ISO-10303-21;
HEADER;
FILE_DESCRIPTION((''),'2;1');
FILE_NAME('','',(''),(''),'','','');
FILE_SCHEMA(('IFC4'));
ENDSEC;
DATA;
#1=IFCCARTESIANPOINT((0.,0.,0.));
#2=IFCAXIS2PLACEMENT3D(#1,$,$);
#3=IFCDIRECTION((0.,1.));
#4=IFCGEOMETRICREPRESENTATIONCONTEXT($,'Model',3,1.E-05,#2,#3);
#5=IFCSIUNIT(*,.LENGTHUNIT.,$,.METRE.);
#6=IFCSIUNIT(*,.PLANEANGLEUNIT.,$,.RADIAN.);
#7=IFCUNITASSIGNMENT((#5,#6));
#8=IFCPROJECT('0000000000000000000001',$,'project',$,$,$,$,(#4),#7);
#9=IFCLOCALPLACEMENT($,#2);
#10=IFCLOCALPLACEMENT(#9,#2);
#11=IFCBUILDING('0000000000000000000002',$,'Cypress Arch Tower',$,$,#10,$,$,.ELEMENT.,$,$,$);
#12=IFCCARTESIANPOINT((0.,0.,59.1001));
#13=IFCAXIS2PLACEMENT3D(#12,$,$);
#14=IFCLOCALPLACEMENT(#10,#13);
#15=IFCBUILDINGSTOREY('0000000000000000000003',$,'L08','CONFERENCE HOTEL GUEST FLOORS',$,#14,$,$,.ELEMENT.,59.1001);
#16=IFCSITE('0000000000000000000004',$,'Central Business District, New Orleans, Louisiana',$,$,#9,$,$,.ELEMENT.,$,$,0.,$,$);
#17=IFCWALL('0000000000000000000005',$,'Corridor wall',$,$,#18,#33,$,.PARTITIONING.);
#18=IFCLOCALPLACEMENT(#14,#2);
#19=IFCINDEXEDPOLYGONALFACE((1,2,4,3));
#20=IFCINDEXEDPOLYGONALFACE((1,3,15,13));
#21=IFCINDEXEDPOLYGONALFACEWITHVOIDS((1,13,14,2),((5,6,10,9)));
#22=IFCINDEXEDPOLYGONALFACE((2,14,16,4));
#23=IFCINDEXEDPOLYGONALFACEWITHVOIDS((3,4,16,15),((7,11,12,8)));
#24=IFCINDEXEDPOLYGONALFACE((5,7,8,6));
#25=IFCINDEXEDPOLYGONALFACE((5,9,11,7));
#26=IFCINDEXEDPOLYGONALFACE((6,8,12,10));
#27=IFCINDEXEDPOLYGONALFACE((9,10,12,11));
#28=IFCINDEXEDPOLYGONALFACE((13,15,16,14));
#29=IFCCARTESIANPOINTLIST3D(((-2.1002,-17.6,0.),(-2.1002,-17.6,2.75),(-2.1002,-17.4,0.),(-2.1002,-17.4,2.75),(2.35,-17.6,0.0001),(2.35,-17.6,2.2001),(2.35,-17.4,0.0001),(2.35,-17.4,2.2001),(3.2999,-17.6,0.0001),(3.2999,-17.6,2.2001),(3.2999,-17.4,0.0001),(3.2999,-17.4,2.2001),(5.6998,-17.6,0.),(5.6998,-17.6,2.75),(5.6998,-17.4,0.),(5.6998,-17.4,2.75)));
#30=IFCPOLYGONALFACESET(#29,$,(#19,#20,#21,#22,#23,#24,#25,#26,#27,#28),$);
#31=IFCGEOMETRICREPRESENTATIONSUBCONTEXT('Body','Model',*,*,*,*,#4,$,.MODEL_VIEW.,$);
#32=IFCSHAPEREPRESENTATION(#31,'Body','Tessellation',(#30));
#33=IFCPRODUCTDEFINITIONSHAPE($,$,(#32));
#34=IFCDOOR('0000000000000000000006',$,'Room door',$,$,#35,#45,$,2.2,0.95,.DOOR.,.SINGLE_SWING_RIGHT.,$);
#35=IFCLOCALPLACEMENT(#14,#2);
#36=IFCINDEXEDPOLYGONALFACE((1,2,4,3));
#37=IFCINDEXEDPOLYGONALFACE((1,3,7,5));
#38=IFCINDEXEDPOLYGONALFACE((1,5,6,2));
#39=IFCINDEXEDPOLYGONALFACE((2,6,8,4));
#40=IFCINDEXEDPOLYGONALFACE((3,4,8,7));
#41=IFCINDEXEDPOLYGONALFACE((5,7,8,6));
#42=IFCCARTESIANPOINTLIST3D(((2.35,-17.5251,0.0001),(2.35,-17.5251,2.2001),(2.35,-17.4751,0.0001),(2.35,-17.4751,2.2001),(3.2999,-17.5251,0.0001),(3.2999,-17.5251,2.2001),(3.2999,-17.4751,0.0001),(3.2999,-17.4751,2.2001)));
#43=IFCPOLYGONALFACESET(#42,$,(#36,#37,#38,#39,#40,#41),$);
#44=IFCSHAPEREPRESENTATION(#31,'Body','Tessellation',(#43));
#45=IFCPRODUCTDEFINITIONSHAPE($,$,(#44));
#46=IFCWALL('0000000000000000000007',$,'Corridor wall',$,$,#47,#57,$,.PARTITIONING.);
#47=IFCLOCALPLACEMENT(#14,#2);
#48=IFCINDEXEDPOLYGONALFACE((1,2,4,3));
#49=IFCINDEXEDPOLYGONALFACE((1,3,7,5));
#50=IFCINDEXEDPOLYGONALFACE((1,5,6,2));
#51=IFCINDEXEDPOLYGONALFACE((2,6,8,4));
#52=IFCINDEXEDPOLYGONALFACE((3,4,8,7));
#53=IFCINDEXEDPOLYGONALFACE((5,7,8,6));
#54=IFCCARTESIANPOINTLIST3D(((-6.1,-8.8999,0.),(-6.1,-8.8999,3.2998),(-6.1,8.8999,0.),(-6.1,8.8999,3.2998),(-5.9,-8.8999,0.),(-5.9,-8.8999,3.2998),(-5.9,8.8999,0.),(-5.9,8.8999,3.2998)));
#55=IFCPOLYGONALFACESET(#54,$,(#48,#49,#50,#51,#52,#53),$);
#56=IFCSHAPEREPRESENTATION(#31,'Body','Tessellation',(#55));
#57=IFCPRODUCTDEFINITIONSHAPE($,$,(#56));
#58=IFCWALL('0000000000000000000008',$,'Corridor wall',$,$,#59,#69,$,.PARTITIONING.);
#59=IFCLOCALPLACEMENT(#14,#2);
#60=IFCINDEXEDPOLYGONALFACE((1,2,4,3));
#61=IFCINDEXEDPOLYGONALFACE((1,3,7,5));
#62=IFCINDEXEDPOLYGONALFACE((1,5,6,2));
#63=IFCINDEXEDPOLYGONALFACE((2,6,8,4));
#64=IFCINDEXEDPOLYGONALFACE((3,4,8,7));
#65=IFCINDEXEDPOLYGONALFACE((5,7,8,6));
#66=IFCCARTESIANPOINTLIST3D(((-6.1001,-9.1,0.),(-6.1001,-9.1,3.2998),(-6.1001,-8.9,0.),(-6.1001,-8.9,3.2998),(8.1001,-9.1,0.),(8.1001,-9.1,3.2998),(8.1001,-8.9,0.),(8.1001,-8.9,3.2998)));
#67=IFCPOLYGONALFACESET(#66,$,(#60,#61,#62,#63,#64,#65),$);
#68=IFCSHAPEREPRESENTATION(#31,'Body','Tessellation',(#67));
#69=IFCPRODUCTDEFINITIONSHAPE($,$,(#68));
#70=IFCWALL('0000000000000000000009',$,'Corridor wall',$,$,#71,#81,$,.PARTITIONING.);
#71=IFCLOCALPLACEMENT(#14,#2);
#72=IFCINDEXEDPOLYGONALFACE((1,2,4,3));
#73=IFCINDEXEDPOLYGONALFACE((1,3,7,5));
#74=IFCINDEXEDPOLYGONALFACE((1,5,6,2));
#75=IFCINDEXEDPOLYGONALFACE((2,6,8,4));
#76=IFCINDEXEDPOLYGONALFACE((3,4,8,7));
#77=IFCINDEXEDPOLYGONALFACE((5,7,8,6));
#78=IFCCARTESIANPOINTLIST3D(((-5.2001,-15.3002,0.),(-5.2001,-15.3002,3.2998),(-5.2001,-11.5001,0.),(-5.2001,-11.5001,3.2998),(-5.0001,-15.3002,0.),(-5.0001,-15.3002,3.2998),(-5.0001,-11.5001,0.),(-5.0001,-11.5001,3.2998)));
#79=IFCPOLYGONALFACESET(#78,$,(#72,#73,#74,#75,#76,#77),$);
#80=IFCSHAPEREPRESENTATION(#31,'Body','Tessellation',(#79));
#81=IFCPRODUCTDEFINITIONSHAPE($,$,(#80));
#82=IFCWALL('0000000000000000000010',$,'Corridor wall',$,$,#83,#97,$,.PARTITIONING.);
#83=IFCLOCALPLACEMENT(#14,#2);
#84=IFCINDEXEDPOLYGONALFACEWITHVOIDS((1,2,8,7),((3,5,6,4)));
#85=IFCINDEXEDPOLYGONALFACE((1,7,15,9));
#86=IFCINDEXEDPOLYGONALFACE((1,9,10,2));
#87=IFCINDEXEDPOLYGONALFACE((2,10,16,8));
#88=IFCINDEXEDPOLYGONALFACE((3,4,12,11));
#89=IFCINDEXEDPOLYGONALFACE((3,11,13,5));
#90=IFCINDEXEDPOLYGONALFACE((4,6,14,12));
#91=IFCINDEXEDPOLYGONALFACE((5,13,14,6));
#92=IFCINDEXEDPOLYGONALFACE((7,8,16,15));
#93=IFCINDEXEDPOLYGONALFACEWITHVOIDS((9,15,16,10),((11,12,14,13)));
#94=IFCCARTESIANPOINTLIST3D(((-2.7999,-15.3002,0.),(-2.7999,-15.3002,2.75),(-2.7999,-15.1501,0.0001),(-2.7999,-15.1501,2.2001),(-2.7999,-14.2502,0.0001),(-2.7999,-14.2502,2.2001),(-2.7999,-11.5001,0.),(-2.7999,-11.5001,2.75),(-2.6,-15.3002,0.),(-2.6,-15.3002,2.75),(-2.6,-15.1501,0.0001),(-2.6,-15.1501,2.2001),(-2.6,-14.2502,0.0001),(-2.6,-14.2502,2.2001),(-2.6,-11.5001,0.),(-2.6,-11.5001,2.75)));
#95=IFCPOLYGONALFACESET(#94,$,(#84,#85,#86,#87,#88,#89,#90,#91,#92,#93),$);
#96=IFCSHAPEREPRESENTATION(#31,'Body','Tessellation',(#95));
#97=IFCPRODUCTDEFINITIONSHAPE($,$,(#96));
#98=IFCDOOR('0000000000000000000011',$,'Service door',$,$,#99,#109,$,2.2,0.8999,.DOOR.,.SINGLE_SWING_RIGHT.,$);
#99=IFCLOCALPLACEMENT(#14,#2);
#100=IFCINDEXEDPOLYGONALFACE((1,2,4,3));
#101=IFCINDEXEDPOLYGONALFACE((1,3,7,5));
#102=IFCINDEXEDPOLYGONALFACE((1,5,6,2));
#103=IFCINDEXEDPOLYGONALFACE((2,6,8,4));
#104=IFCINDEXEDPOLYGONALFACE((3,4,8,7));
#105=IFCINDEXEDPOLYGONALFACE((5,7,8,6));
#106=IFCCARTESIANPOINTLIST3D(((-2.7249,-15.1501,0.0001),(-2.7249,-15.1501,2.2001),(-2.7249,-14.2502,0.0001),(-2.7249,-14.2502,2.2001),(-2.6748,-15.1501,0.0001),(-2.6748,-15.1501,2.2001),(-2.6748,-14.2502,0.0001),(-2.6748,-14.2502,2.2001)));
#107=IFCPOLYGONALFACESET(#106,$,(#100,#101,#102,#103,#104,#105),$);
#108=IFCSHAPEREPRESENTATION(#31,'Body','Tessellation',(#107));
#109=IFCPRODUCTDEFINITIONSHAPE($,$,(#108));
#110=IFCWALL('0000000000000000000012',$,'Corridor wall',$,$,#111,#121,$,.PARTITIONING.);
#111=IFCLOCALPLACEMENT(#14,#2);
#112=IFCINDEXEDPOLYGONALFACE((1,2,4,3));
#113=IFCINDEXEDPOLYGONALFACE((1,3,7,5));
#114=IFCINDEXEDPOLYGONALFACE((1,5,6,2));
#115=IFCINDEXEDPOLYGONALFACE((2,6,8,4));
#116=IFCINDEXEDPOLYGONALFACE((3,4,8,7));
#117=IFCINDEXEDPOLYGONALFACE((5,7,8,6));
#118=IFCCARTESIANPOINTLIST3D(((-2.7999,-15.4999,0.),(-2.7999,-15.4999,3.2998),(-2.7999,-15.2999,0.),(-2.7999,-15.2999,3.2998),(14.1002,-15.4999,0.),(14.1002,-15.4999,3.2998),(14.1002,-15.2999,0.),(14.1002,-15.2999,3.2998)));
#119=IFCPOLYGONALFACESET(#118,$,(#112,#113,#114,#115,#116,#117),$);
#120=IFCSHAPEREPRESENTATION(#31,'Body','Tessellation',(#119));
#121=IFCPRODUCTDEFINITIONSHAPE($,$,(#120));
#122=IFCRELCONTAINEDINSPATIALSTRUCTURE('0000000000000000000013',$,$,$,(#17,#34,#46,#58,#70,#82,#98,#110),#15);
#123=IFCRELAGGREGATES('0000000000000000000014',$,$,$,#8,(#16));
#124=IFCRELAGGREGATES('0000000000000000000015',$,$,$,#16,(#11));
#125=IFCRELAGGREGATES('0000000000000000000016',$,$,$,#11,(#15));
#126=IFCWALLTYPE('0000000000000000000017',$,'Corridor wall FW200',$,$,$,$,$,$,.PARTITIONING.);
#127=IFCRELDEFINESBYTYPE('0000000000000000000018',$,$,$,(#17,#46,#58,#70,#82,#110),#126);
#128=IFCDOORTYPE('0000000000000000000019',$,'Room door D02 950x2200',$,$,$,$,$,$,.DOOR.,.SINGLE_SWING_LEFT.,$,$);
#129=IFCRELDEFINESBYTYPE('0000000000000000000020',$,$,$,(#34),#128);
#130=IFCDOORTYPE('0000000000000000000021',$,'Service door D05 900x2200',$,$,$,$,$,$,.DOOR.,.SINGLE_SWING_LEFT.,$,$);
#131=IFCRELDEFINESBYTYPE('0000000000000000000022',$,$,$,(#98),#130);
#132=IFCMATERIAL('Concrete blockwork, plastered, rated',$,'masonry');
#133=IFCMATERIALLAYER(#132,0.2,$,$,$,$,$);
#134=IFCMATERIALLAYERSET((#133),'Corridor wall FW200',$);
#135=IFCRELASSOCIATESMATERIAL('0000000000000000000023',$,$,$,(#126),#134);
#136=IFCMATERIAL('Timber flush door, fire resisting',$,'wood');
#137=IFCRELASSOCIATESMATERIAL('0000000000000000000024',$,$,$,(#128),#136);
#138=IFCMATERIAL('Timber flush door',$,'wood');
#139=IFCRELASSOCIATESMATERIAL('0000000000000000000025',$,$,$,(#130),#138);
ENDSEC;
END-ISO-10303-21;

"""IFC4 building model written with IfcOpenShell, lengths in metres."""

from ifc_helpers import new_model, si_unit, direction, frame, frame_2d, origin, place, context, subcontext, project, spatial, rectangle, extrude, material, layer, layer_set, type_object, element, fill, save


model = new_model("IFC4")

# Units and contexts
model_context = context("Model", 3, precision=1e-05, world=origin(), true_north=direction((0.0, 1.0)))
body_context = subcontext(model_context, "Body", "Model", "MODEL_VIEW")
ifc_project = project(units=[si_unit("LENGTHUNIT", "METRE"), si_unit("PLANEANGLEUNIT", "RADIAN")], contexts=[model_context])

# Site, building, storey
site_placement = place(None, origin())
site = spatial("IfcSite", under=ifc_project, at=site_placement, Name="Central Business District, New Orleans, Louisiana", CompositionType="ELEMENT", RefElevation=0.0)
building_placement = place(site_placement, origin())
building = spatial("IfcBuilding", under=site, at=building_placement, Name="Cypress Arch Tower", CompositionType="ELEMENT")
storey_placement = place(building_placement, frame((0.0, 0.0, 59.1001)))
storey = spatial("IfcBuildingStorey", under=building, at=storey_placement, Name="L08", Description="CONFERENCE HOTEL GUEST FLOORS", CompositionType="ELEMENT", Elevation=59.1001)

# Wall, opening, door
ifc_material_1 = material(Name="Concrete blockwork, plastered, rated", Category="masonry")
ifc_layer = layer(ifc_material_1, 0.2)
ifc_layer_set = layer_set([ifc_layer], Name="Corridor wall FW200")
wall_type = type_object("IfcWallType", Name="Corridor wall FW200", PredefinedType="PARTITIONING", material=ifc_layer_set)
wall_1_placement = place(storey_placement, frame((-2.1001, -17.5, 0.0), z_axis=(0.0, 0.0, 1.0), x_axis=(1.0, 0.0, 0.0)))
wall_1 = element("IfcWall", 1, at=wall_1_placement, inside=storey, type_object=wall_type, Name="Corridor wall", PredefinedType="PARTITIONING", context=body_context, shape_type="SweptSolid", body=[
    extrude(rectangle(XDim=7.8, YDim=0.2, at=frame_2d((3.8999, 0.0))), origin(), (0.0, 0.0, 1.0), 2.75),
])
opening_1_placement = place(wall_1_placement, frame((4.45, 0.0, 0.0)))
opening_1 = element("IfcOpeningElement", 2, at=opening_1_placement, cuts=wall_1, PredefinedType="OPENING", context=body_context, shape_type="SweptSolid", body=[
    extrude(rectangle(XDim=0.95, YDim=2.2, at=frame_2d((0.4751, 1.1001))), frame((0.0, 0.1099, 0.0), z_axis=(0.0, -1.0, 0.0), x_axis=(1.0, 0.0, 0.0)), (0.0, 0.0, 1.0), 0.22),
])
ifc_material_2 = material(Name="Timber flush door, fire resisting", Category="wood")
door_type_1 = type_object("IfcDoorType", Name="Room door D02 950x2200", OperationType="SINGLE_SWING_LEFT", PredefinedType="DOOR", material=ifc_material_2)
door_1_placement = place(opening_1_placement, origin())
door_1 = element("IfcDoor", 3, at=door_1_placement, inside=storey, type_object=door_type_1, Name="Room door", OperationType="SINGLE_SWING_RIGHT", OverallHeight=2.2, OverallWidth=0.95, PredefinedType="DOOR", context=body_context, shape_type="SweptSolid", body=[
    extrude(rectangle(XDim=0.95, YDim=2.2, at=frame_2d((0.4751, 1.1001))), frame((0.0, 0.0249, 0.0), z_axis=(0.0, -1.0, 0.0), x_axis=(1.0, 0.0, 0.0)), (0.0, 0.0, 1.0), 0.05),
])
fill(opening_1, door_1)

# Walls
wall_2_placement = place(storey_placement, frame((-6.0, -8.8999, 0.0), z_axis=(0.0, 0.0, 1.0), x_axis=(0.0, 1.0, 0.0)))
element("IfcWall", 4, at=wall_2_placement, inside=storey, type_object=wall_type, Name="Corridor wall", PredefinedType="PARTITIONING", context=body_context, shape_type="SweptSolid", body=[
    extrude(rectangle(XDim=17.7998, YDim=0.2, at=frame_2d((8.8999, 0.0))), origin(), (0.0, 0.0, 1.0), 3.2998),
])
wall_3_placement = place(storey_placement, frame((-6.1001, -9.0, 0.0), z_axis=(0.0, 0.0, 1.0), x_axis=(1.0, 0.0, 0.0)))
element("IfcWall", 5, at=wall_3_placement, inside=storey, type_object=wall_type, Name="Corridor wall", PredefinedType="PARTITIONING", context=body_context, shape_type="SweptSolid", body=[
    extrude(rectangle(XDim=14.2002, YDim=0.2, at=frame_2d((7.1001, 0.0))), origin(), (0.0, 0.0, 1.0), 3.2998),
])
wall_4_placement = place(storey_placement, frame((-5.1001, -15.3, 0.0), z_axis=(0.0, 0.0, 1.0), x_axis=(0.0, 1.0, 0.0)))
element("IfcWall", 6, at=wall_4_placement, inside=storey, type_object=wall_type, Name="Corridor wall", PredefinedType="PARTITIONING", context=body_context, shape_type="SweptSolid", body=[
    extrude(rectangle(XDim=3.8, YDim=0.2, at=frame_2d((1.8999, 0.0))), origin(), (0.0, 0.0, 1.0), 3.2998),
])

# Wall, opening, door
wall_5_placement = place(storey_placement, frame((-2.7, -15.3, 0.0), z_axis=(0.0, 0.0, 1.0), x_axis=(0.0, 1.0, 0.0)))
wall_5 = element("IfcWall", 7, at=wall_5_placement, inside=storey, type_object=wall_type, Name="Corridor wall", PredefinedType="PARTITIONING", context=body_context, shape_type="SweptSolid", body=[
    extrude(rectangle(XDim=3.8, YDim=0.2, at=frame_2d((1.8999, 0.0))), origin(), (0.0, 0.0, 1.0), 2.75),
])
opening_2_placement = place(wall_5_placement, frame((0.1499, 0.0, 0.0)))
opening_2 = element("IfcOpeningElement", 8, at=opening_2_placement, cuts=wall_5, PredefinedType="OPENING", context=body_context, shape_type="SweptSolid", body=[
    extrude(rectangle(XDim=0.8999, YDim=2.2, at=frame_2d((0.45, 1.1001))), frame((0.0, 0.1099, 0.0), z_axis=(0.0, -1.0, 0.0), x_axis=(1.0, 0.0, 0.0)), (0.0, 0.0, 1.0), 0.22),
])
ifc_material_3 = material(Name="Timber flush door", Category="wood")
door_type_2 = type_object("IfcDoorType", Name="Service door D05 900x2200", OperationType="SINGLE_SWING_LEFT", PredefinedType="DOOR", material=ifc_material_3)
door_2_placement = place(opening_2_placement, origin())
door_2 = element("IfcDoor", 9, at=door_2_placement, inside=storey, type_object=door_type_2, Name="Service door", OperationType="SINGLE_SWING_RIGHT", OverallHeight=2.2, OverallWidth=0.8999, PredefinedType="DOOR", context=body_context, shape_type="SweptSolid", body=[
    extrude(rectangle(XDim=0.8999, YDim=2.2, at=frame_2d((0.45, 1.1001))), frame((0.0, 0.0249, 0.0), z_axis=(0.0, -1.0, 0.0), x_axis=(1.0, 0.0, 0.0)), (0.0, 0.0, 1.0), 0.05),
])
fill(opening_2, door_2)

# Wall
wall_6_placement = place(storey_placement, frame((-2.8, -15.3999, 0.0), z_axis=(0.0, 0.0, 1.0), x_axis=(1.0, 0.0, 0.0)))
element("IfcWall", 10, at=wall_6_placement, inside=storey, type_object=wall_type, Name="Corridor wall", PredefinedType="PARTITIONING", context=body_context, shape_type="SweptSolid", body=[
    extrude(rectangle(XDim=16.9001, YDim=0.2, at=frame_2d((8.4502, 0.0))), origin(), (0.0, 0.0, 1.0), 3.2998),
])

save(model, "model.ifc")
